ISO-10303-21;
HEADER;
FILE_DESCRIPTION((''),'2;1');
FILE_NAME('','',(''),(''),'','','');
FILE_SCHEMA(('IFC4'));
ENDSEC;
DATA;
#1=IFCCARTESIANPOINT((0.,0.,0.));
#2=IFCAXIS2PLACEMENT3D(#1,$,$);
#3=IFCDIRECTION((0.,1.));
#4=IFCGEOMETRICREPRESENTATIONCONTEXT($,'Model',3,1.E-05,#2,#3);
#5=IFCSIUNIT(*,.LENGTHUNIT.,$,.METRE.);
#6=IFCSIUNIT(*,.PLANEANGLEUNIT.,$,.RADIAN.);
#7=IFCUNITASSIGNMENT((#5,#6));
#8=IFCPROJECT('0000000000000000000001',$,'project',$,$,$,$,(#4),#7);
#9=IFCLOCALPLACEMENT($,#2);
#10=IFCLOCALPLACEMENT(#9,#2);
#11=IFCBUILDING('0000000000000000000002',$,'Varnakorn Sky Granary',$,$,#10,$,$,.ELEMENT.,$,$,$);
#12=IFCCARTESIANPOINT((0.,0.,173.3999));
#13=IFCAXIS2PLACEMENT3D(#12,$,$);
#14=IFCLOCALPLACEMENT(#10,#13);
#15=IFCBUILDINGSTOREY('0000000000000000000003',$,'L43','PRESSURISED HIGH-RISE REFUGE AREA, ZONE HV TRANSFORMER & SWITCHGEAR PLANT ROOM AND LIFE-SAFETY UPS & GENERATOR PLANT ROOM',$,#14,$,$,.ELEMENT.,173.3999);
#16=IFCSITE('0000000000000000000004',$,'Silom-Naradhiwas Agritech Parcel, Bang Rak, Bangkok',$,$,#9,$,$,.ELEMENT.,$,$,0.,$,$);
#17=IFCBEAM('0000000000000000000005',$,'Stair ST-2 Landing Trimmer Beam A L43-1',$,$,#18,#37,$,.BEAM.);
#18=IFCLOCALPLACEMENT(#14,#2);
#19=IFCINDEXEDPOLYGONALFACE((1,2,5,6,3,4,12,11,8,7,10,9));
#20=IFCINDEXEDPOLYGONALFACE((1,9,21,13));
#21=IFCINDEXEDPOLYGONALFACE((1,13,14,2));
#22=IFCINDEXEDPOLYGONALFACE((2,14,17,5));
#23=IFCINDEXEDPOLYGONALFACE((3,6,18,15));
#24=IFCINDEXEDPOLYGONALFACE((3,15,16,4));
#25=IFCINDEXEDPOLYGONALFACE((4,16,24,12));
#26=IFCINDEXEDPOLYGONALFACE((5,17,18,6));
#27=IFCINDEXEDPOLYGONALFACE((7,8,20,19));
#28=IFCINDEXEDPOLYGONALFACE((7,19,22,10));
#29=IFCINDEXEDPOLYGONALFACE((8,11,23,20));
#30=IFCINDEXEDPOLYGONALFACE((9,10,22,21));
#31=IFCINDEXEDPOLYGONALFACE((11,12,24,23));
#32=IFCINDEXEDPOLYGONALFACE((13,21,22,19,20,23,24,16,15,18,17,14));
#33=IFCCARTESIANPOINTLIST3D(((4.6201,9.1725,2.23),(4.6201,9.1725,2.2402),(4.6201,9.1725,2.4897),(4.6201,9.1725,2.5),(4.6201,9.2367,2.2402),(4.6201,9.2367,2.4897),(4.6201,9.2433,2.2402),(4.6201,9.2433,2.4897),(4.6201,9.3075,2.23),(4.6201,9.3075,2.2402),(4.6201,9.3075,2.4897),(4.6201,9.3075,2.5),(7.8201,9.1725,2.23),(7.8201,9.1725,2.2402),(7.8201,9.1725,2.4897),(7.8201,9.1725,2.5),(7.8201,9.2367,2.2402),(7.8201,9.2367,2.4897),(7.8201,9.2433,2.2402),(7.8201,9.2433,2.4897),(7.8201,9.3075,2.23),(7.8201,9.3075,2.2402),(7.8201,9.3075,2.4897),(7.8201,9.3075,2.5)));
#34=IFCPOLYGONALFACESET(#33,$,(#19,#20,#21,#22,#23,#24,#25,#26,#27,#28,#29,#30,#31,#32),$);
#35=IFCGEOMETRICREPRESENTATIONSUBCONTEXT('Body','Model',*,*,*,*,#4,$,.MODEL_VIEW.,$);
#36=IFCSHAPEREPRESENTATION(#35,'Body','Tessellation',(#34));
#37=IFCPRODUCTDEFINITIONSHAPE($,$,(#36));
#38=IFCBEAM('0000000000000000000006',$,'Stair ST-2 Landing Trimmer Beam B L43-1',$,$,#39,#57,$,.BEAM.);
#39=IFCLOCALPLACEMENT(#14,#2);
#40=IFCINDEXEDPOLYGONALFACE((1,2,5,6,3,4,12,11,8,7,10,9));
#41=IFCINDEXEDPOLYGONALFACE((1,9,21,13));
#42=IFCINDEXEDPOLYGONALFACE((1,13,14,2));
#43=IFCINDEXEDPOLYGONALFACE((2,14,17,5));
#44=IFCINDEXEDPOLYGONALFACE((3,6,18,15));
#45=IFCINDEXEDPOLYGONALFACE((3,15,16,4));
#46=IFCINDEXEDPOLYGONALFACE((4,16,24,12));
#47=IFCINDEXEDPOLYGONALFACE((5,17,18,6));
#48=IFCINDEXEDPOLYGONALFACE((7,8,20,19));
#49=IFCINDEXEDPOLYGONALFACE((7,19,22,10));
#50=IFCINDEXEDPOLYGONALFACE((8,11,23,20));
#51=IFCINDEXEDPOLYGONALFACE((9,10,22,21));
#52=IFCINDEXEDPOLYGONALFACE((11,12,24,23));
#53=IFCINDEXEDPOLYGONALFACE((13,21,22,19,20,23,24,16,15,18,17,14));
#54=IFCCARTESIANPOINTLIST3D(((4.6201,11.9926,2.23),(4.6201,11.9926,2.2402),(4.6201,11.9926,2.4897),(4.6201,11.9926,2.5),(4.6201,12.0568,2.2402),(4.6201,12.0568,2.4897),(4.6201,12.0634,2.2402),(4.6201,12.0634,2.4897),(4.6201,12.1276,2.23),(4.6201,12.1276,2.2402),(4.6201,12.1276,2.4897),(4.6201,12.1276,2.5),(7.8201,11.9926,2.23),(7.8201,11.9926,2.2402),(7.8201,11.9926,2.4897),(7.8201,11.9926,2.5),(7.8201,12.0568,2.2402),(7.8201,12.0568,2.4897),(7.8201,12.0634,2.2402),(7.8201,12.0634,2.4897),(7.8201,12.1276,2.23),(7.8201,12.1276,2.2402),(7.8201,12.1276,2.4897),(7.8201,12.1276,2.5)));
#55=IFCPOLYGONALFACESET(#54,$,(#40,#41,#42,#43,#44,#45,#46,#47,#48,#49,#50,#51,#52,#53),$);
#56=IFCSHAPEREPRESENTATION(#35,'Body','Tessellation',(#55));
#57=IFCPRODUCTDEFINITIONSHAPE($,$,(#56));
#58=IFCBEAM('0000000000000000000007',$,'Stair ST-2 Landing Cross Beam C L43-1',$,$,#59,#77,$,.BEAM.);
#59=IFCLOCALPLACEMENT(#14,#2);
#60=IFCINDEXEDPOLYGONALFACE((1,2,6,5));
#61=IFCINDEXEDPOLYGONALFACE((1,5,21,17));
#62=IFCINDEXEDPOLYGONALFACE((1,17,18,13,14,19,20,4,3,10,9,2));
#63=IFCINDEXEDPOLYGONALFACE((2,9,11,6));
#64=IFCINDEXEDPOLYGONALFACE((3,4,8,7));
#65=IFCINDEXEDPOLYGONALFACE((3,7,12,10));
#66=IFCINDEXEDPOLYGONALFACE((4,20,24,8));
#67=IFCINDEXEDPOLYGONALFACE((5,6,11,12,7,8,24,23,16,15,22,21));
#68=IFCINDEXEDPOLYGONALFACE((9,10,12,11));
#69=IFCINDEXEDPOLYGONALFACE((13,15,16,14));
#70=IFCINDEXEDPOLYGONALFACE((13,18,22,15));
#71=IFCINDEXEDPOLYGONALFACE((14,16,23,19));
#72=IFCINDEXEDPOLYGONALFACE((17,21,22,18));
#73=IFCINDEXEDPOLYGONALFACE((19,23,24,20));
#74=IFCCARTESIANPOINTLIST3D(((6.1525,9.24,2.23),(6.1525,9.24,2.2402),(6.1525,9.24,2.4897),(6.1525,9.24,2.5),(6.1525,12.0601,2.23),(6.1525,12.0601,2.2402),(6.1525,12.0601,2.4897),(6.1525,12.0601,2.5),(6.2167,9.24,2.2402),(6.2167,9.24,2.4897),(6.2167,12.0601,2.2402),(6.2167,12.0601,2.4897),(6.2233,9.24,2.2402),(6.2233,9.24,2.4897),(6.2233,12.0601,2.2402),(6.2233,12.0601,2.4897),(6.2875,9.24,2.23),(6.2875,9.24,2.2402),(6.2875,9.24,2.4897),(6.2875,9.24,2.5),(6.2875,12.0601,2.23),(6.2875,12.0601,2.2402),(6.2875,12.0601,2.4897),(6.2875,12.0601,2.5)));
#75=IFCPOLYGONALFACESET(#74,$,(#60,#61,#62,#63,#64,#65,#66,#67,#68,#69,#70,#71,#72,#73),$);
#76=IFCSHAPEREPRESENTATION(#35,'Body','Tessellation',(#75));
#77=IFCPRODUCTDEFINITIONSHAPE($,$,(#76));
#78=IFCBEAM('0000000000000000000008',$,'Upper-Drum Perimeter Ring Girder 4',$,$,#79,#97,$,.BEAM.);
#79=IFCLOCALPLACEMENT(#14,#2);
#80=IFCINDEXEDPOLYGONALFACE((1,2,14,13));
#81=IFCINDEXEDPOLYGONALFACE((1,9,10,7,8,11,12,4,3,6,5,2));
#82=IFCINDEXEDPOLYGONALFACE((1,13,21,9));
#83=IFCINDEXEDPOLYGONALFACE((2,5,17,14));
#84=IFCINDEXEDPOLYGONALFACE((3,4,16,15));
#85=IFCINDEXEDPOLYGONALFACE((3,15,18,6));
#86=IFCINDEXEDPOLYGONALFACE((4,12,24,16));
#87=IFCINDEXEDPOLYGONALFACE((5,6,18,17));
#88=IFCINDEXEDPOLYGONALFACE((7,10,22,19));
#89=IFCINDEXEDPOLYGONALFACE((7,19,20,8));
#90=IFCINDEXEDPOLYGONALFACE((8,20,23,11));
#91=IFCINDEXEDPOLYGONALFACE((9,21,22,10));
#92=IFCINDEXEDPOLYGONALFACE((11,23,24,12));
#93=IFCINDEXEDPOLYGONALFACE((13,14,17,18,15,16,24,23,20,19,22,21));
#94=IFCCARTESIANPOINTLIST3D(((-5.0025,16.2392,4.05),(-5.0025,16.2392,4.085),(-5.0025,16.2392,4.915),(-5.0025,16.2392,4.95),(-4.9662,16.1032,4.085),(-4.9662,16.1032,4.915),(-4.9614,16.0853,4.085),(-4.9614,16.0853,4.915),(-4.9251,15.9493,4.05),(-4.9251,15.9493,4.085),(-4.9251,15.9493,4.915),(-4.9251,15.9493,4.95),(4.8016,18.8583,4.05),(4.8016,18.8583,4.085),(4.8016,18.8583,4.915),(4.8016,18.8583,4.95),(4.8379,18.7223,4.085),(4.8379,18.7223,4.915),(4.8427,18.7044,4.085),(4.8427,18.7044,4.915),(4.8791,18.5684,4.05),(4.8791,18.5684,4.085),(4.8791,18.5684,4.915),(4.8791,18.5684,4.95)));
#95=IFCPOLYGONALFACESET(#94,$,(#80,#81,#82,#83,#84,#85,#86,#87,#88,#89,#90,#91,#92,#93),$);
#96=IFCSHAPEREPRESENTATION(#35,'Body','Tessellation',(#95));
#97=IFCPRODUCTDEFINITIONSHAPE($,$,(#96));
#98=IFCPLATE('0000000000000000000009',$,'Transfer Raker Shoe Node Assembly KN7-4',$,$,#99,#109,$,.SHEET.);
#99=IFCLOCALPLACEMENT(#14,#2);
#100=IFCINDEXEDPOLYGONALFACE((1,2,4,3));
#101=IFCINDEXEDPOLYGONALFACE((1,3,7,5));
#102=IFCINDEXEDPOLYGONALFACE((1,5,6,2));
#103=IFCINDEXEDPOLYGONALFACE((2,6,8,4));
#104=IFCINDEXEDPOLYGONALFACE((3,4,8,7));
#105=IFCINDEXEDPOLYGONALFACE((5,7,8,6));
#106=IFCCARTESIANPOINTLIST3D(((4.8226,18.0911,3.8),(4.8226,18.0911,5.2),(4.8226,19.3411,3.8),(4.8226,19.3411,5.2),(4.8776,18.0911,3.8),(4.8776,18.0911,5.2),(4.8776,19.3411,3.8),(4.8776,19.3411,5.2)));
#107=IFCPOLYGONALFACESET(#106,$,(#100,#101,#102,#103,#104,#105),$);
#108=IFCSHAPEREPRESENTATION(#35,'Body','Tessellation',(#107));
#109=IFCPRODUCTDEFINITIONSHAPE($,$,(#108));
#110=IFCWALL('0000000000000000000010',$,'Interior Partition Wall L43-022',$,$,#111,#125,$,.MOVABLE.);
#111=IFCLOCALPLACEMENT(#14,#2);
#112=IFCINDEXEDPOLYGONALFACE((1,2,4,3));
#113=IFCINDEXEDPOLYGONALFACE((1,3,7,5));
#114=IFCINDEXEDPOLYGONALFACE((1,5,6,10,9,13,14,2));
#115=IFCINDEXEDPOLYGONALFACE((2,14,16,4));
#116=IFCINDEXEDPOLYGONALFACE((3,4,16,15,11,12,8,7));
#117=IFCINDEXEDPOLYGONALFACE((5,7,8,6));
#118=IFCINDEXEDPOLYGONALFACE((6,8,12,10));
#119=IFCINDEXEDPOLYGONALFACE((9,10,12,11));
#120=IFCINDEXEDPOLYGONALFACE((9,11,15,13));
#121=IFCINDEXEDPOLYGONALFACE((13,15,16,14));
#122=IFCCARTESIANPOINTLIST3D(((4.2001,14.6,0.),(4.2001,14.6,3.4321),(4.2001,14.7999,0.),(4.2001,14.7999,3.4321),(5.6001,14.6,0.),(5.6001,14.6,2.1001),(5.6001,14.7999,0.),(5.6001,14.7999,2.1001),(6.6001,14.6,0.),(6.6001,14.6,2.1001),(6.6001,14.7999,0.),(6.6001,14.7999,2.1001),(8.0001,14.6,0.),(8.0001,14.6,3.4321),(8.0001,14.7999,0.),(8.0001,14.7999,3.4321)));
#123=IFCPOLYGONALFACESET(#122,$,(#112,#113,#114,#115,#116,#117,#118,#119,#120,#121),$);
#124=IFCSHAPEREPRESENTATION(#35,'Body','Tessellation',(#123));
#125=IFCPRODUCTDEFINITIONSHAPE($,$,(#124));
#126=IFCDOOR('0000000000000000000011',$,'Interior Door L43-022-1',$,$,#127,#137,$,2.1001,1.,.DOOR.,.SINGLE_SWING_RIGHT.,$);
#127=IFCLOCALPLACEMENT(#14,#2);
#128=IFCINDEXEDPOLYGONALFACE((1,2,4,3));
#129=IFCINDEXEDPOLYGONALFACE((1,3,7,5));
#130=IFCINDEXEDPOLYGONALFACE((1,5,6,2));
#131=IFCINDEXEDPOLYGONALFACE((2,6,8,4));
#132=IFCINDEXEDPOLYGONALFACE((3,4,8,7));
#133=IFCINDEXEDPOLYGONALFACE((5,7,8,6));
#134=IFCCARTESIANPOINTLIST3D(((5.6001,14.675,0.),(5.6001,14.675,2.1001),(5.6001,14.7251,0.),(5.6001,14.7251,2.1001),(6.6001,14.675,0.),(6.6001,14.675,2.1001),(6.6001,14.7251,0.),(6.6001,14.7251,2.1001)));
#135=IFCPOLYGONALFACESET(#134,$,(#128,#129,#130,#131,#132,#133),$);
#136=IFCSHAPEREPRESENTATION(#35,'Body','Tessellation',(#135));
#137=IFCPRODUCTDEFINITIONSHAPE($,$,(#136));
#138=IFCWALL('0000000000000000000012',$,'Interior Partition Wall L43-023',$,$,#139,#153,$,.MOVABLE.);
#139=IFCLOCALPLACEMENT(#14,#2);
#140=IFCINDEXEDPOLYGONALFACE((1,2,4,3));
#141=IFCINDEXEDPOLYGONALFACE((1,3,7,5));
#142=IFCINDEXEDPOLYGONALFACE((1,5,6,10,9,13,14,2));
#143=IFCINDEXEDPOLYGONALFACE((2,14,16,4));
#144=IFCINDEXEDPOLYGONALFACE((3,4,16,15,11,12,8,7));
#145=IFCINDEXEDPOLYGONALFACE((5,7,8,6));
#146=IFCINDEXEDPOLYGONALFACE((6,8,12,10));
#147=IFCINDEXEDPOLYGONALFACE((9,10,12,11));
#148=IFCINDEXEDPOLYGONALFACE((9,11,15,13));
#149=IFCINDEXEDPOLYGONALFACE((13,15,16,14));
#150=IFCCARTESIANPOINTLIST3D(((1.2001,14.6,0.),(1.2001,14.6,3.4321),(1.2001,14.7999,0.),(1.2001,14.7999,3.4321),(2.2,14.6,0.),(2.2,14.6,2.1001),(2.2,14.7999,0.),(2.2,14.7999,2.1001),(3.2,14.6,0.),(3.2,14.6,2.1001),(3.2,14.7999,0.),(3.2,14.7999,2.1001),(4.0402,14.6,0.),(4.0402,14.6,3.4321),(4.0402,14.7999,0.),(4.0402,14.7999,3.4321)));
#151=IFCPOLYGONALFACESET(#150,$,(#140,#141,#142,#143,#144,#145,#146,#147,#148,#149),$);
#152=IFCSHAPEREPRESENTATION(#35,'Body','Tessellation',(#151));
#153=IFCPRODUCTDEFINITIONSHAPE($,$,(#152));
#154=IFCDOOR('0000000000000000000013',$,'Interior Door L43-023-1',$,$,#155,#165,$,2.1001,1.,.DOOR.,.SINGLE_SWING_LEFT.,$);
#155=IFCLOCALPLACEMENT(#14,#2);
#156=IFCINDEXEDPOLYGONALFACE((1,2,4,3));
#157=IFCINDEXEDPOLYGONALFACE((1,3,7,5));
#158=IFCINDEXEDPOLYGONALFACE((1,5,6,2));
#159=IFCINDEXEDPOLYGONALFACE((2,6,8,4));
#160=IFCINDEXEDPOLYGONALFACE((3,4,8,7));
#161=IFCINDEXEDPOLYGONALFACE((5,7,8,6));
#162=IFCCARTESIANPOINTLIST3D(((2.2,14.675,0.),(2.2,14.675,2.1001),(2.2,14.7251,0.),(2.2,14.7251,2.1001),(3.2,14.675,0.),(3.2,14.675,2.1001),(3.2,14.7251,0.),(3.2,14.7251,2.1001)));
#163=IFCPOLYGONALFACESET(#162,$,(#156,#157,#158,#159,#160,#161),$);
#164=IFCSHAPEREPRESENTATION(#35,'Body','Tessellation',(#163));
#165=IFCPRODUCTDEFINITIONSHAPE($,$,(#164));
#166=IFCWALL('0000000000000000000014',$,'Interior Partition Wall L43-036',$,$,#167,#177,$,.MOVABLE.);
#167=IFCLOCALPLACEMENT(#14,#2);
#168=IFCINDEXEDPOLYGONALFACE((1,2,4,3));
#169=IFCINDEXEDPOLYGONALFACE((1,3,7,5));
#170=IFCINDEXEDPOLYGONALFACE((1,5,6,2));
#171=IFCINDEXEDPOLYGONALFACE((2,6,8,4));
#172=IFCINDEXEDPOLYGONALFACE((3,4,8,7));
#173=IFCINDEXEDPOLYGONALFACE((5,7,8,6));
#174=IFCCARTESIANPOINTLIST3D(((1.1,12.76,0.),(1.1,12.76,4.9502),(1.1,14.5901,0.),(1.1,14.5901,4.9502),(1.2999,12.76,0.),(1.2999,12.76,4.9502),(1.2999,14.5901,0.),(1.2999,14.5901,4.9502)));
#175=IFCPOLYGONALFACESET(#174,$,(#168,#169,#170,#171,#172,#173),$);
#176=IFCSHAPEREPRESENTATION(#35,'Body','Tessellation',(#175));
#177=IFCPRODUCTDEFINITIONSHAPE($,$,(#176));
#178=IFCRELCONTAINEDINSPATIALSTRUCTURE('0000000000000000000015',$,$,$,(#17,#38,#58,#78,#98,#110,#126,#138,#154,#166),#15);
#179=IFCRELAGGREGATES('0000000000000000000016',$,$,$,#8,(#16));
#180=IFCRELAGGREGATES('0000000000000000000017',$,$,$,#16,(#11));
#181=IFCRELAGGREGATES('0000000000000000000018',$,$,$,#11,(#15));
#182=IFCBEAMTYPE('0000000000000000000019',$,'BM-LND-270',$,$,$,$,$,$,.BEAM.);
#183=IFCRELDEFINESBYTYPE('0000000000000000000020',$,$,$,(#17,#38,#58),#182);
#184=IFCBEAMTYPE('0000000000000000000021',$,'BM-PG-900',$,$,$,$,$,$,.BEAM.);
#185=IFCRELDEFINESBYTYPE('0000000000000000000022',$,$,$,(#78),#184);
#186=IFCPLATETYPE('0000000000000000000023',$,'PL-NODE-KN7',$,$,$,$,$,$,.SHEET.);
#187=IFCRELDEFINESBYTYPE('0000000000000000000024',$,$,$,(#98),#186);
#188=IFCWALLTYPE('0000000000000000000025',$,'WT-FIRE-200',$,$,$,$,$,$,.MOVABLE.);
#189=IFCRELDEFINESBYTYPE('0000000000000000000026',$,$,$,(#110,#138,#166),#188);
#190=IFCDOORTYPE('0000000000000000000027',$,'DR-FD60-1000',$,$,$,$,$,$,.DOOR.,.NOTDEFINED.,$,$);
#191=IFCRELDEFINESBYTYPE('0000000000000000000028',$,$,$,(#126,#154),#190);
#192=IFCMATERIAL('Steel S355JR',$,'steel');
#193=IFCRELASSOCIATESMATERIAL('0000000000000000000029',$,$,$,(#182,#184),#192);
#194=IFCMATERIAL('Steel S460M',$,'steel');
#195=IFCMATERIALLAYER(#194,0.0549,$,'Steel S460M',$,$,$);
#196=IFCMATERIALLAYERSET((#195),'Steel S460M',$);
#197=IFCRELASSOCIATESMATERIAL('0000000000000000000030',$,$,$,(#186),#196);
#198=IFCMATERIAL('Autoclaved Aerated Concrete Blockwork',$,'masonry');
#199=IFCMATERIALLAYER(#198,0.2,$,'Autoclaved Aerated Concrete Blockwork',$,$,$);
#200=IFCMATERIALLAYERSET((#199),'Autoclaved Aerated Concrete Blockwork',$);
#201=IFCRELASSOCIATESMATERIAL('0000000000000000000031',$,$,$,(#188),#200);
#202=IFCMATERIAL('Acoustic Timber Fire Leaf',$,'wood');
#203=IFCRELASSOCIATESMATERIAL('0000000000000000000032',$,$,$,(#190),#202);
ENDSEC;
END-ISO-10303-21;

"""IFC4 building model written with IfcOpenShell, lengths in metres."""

from ifc_helpers import new_model, si_unit, direction, frame, frame_2d, origin, origin_2d, place, context, subcontext, project, spatial, rectangle, i_section, extrude, material, layer, layer_set, material_profile, profile_set, type_object, element, fill, save


model = new_model("IFC4")

# Units and contexts
model_context = context("Model", 3, precision=1e-05, world=origin(), true_north=direction((0.0, 1.0)))
body_context = subcontext(model_context, "Body", "Model", "MODEL_VIEW")
ifc_project = project(units=[si_unit("LENGTHUNIT", "METRE"), si_unit("PLANEANGLEUNIT", "RADIAN")], contexts=[model_context])

# Site, building, storey
site_placement = place(None, origin())
site = spatial("IfcSite", under=ifc_project, at=site_placement, Name="Silom-Naradhiwas Agritech Parcel, Bang Rak, Bangkok", CompositionType="ELEMENT", RefElevation=0.0)
building_placement = place(site_placement, origin())
building = spatial("IfcBuilding", under=site, at=building_placement, Name="Varnakorn Sky Granary", CompositionType="ELEMENT")
storey_placement = place(building_placement, frame((0.0, 0.0, 173.3999)))
storey = spatial("IfcBuildingStorey", under=building, at=storey_placement, Name="L43", Description="PRESSURISED HIGH-RISE REFUGE AREA, ZONE HV TRANSFORMER & SWITCHGEAR PLANT ROOM AND LIFE-SAFETY UPS & GENERATOR PLANT ROOM", CompositionType="ELEMENT", Elevation=173.3999)

# Beams
ifc_material_1 = material(Name="Steel S355JR", Category="steel")
ifc_material_profile_1 = material_profile(ifc_material_1, i_section(OverallWidth=0.135, OverallDepth=0.27, WebThickness=0.0066, FlangeThickness=0.0103, at=origin_2d()), Name="IPE 270")
ifc_profile_set_1 = profile_set([ifc_material_profile_1], Name="Steel S355JR")
beam_type_1 = type_object("IfcBeamType", Name="BM-LND-270", PredefinedType="BEAM", material=ifc_profile_set_1)
for number, where, z_axis, x_axis, name in (
    (1, (4.6201, 9.24, 2.365), (1.0, 0.0, 0.0), (0.0, 1.0, 0.0), "Stair ST-2 Landing Trimmer Beam A L43-1"),
    (2, (4.6201, 12.0601, 2.365), (1.0, 0.0, 0.0), (0.0, 1.0, 0.0), "Stair ST-2 Landing Trimmer Beam B L43-1"),
):
    element("IfcBeam", number, at=place(storey_placement, frame(where, z_axis=z_axis, x_axis=x_axis)), inside=storey, type_object=beam_type_1, Name=name, PredefinedType="BEAM", context=body_context, shape_type="SweptSolid", body=[
        extrude(i_section(OverallWidth=0.135, OverallDepth=0.27, WebThickness=0.0066, FlangeThickness=0.0103, at=origin_2d()), origin(), (0.0, 0.0, 1.0), 3.2),
    ])
beam_1_placement = place(storey_placement, frame((6.22, 9.24, 2.365), z_axis=(0.0, 1.0, 0.0), x_axis=(-1.0, 0.0, 0.0)))
element("IfcBeam", 3, at=beam_1_placement, inside=storey, type_object=beam_type_1, Name="Stair ST-2 Landing Cross Beam C L43-1", PredefinedType="BEAM", context=body_context, shape_type="SweptSolid", body=[
    extrude(i_section(OverallWidth=0.135, OverallDepth=0.27, WebThickness=0.0066, FlangeThickness=0.0103, at=origin_2d()), origin(), (0.0, 0.0, 1.0), 2.8201),
])
ifc_material_profile_2 = material_profile(ifc_material_1, i_section(OverallWidth=0.3, OverallDepth=0.8999, WebThickness=0.0186, FlangeThickness=0.0349, at=origin_2d()), Name="HE 900 B")
ifc_profile_set_2 = profile_set([ifc_material_profile_2], Name="Steel S355JR")
beam_type_2 = type_object("IfcBeamType", Name="BM-PG-900", PredefinedType="BEAM", material=ifc_profile_set_2)
beam_2_placement = place(storey_placement, frame((4.8403, 18.7134, 4.5), z_axis=(-0.96612, -0.258094, 0.0), x_axis=(0.258094, -0.96612, 0.0)))
element("IfcBeam", 4, at=beam_2_placement, inside=storey, type_object=beam_type_2, Name="Upper-Drum Perimeter Ring Girder 4", PredefinedType="BEAM", context=body_context, shape_type="SweptSolid", body=[
    extrude(i_section(OverallWidth=0.3, OverallDepth=0.8999, WebThickness=0.0186, FlangeThickness=0.0349, at=origin_2d()), origin(), (0.0, 0.0, 1.0), 10.1479),
])

# Plate
ifc_material_2 = material(Name="Steel S460M", Category="steel")
ifc_layer_1 = layer(ifc_material_2, 0.0549, Name="Steel S460M")
ifc_layer_set_1 = layer_set([ifc_layer_1], Name="Steel S460M")
plate_type = type_object("IfcPlateType", Name="PL-NODE-KN7", PredefinedType="SHEET", material=ifc_layer_set_1)
plate_placement = place(storey_placement, frame((4.8501, 18.7161, 3.8), z_axis=(0.0, 0.0, 1.0), x_axis=(0.0, 1.0, 0.0)))
element("IfcPlate", 5, at=plate_placement, inside=storey, type_object=plate_type, Name="Transfer Raker Shoe Node Assembly KN7-4", PredefinedType="SHEET", context=body_context, shape_type="SweptSolid", body=[
    extrude(rectangle(XDim=1.25, YDim=0.0549, at=origin_2d()), origin(), (0.0, 0.0, 1.0), 1.3999),
])

# Walls, openings, doors
ifc_material_3 = material(Name="Autoclaved Aerated Concrete Blockwork", Category="masonry")
ifc_layer_2 = layer(ifc_material_3, 0.2, Name="Autoclaved Aerated Concrete Blockwork")
ifc_layer_set_2 = layer_set([ifc_layer_2], Name="Autoclaved Aerated Concrete Blockwork")
wall_type_1 = type_object("IfcWallType", Name="WT-FIRE-200", PredefinedType="MOVABLE", material=ifc_layer_set_2)
wall_1_placement = place(storey_placement, frame((8.0, 14.7, 0.0), z_axis=(0.0, 0.0, 1.0), x_axis=(-1.0, 0.0, 0.0)))
wall_1 = element("IfcWall", 6, at=wall_1_placement, inside=storey, type_object=wall_type_1, Name="Interior Partition Wall L43-022", PredefinedType="MOVABLE", context=body_context, shape_type="SweptSolid", body=[
    extrude(rectangle(XDim=3.8, YDim=0.2, at=frame_2d((1.8999, 0.0))), origin(), (0.0, 0.0, 1.0), 3.4321),
])
opening_1_placement = place(wall_1_placement, frame((1.3999, 0.0, 0.0)))
opening_1 = element("IfcOpeningElement", 7, at=opening_1_placement, cuts=wall_1, PredefinedType="OPENING", context=body_context, shape_type="SweptSolid", body=[
    extrude(rectangle(XDim=1.0, YDim=2.1001, at=frame_2d((0.5, 1.05))), frame((0.0, 0.1099, 0.0), z_axis=(0.0, -1.0, 0.0), x_axis=(1.0, 0.0, 0.0)), (0.0, 0.0, 1.0), 0.22),
])
ifc_material_4 = material(Name="Acoustic Timber Fire Leaf", Category="wood")
door_type = type_object("IfcDoorType", Name="DR-FD60-1000", OperationType="NOTDEFINED", PredefinedType="DOOR", material=ifc_material_4)
door_1_placement = place(opening_1_placement, origin())
door_1 = element("IfcDoor", 8, at=door_1_placement, inside=storey, type_object=door_type, Name="Interior Door L43-022-1", OperationType="SINGLE_SWING_RIGHT", OverallHeight=2.1001, OverallWidth=1.0, PredefinedType="DOOR", context=body_context, shape_type="SweptSolid", body=[
    extrude(rectangle(XDim=1.0, YDim=2.1001, at=frame_2d((0.5, 1.05))), frame((0.0, 0.0249, 0.0), z_axis=(0.0, -1.0, 0.0), x_axis=(1.0, 0.0, 0.0)), (0.0, 0.0, 1.0), 0.05),
])
fill(opening_1, door_1)
wall_2_placement = place(storey_placement, frame((4.04, 14.7, 0.0), z_axis=(0.0, 0.0, 1.0), x_axis=(-1.0, 0.0, 0.0)))
wall_2 = element("IfcWall", 9, at=wall_2_placement, inside=storey, type_object=wall_type_1, Name="Interior Partition Wall L43-023", PredefinedType="MOVABLE", context=body_context, shape_type="SweptSolid", body=[
    extrude(rectangle(XDim=2.8401, YDim=0.2, at=frame_2d((1.4199, 0.0))), origin(), (0.0, 0.0, 1.0), 3.4321),
])
opening_2_placement = place(wall_2_placement, frame((0.8401, 0.0, 0.0)))
opening_2 = element("IfcOpeningElement", 10, at=opening_2_placement, cuts=wall_2, PredefinedType="OPENING", context=body_context, shape_type="SweptSolid", body=[
    extrude(rectangle(XDim=1.0, YDim=2.1001, at=frame_2d((0.5, 1.05))), frame((0.0, 0.1099, 0.0), z_axis=(0.0, -1.0, 0.0), x_axis=(1.0, 0.0, 0.0)), (0.0, 0.0, 1.0), 0.22),
])
door_2_placement = place(opening_2_placement, origin())
door_2 = element("IfcDoor", 11, at=door_2_placement, inside=storey, type_object=door_type, Name="Interior Door L43-023-1", OperationType="SINGLE_SWING_LEFT", OverallHeight=2.1001, OverallWidth=1.0, PredefinedType="DOOR", context=body_context, shape_type="SweptSolid", body=[
    extrude(rectangle(XDim=1.0, YDim=2.1001, at=frame_2d((0.5, 1.05))), frame((0.0, 0.0249, 0.0), z_axis=(0.0, -1.0, 0.0), x_axis=(1.0, 0.0, 0.0)), (0.0, 0.0, 1.0), 0.05),
])
fill(opening_2, door_2)

# Wall
wall_3_placement = place(storey_placement, frame((1.2, 14.5901, 0.0), z_axis=(0.0, 0.0, 1.0), x_axis=(0.0, -1.0, 0.0)))
element("IfcWall", 12, at=wall_3_placement, inside=storey, type_object=wall_type_1, Name="Interior Partition Wall L43-036", PredefinedType="MOVABLE", context=body_context, shape_type="SweptSolid", body=[
    extrude(rectangle(XDim=1.8301, YDim=0.2, at=frame_2d((0.915, 0.0))), origin(), (0.0, 0.0, 1.0), 4.9502),
])

save(model, "model.ifc")
